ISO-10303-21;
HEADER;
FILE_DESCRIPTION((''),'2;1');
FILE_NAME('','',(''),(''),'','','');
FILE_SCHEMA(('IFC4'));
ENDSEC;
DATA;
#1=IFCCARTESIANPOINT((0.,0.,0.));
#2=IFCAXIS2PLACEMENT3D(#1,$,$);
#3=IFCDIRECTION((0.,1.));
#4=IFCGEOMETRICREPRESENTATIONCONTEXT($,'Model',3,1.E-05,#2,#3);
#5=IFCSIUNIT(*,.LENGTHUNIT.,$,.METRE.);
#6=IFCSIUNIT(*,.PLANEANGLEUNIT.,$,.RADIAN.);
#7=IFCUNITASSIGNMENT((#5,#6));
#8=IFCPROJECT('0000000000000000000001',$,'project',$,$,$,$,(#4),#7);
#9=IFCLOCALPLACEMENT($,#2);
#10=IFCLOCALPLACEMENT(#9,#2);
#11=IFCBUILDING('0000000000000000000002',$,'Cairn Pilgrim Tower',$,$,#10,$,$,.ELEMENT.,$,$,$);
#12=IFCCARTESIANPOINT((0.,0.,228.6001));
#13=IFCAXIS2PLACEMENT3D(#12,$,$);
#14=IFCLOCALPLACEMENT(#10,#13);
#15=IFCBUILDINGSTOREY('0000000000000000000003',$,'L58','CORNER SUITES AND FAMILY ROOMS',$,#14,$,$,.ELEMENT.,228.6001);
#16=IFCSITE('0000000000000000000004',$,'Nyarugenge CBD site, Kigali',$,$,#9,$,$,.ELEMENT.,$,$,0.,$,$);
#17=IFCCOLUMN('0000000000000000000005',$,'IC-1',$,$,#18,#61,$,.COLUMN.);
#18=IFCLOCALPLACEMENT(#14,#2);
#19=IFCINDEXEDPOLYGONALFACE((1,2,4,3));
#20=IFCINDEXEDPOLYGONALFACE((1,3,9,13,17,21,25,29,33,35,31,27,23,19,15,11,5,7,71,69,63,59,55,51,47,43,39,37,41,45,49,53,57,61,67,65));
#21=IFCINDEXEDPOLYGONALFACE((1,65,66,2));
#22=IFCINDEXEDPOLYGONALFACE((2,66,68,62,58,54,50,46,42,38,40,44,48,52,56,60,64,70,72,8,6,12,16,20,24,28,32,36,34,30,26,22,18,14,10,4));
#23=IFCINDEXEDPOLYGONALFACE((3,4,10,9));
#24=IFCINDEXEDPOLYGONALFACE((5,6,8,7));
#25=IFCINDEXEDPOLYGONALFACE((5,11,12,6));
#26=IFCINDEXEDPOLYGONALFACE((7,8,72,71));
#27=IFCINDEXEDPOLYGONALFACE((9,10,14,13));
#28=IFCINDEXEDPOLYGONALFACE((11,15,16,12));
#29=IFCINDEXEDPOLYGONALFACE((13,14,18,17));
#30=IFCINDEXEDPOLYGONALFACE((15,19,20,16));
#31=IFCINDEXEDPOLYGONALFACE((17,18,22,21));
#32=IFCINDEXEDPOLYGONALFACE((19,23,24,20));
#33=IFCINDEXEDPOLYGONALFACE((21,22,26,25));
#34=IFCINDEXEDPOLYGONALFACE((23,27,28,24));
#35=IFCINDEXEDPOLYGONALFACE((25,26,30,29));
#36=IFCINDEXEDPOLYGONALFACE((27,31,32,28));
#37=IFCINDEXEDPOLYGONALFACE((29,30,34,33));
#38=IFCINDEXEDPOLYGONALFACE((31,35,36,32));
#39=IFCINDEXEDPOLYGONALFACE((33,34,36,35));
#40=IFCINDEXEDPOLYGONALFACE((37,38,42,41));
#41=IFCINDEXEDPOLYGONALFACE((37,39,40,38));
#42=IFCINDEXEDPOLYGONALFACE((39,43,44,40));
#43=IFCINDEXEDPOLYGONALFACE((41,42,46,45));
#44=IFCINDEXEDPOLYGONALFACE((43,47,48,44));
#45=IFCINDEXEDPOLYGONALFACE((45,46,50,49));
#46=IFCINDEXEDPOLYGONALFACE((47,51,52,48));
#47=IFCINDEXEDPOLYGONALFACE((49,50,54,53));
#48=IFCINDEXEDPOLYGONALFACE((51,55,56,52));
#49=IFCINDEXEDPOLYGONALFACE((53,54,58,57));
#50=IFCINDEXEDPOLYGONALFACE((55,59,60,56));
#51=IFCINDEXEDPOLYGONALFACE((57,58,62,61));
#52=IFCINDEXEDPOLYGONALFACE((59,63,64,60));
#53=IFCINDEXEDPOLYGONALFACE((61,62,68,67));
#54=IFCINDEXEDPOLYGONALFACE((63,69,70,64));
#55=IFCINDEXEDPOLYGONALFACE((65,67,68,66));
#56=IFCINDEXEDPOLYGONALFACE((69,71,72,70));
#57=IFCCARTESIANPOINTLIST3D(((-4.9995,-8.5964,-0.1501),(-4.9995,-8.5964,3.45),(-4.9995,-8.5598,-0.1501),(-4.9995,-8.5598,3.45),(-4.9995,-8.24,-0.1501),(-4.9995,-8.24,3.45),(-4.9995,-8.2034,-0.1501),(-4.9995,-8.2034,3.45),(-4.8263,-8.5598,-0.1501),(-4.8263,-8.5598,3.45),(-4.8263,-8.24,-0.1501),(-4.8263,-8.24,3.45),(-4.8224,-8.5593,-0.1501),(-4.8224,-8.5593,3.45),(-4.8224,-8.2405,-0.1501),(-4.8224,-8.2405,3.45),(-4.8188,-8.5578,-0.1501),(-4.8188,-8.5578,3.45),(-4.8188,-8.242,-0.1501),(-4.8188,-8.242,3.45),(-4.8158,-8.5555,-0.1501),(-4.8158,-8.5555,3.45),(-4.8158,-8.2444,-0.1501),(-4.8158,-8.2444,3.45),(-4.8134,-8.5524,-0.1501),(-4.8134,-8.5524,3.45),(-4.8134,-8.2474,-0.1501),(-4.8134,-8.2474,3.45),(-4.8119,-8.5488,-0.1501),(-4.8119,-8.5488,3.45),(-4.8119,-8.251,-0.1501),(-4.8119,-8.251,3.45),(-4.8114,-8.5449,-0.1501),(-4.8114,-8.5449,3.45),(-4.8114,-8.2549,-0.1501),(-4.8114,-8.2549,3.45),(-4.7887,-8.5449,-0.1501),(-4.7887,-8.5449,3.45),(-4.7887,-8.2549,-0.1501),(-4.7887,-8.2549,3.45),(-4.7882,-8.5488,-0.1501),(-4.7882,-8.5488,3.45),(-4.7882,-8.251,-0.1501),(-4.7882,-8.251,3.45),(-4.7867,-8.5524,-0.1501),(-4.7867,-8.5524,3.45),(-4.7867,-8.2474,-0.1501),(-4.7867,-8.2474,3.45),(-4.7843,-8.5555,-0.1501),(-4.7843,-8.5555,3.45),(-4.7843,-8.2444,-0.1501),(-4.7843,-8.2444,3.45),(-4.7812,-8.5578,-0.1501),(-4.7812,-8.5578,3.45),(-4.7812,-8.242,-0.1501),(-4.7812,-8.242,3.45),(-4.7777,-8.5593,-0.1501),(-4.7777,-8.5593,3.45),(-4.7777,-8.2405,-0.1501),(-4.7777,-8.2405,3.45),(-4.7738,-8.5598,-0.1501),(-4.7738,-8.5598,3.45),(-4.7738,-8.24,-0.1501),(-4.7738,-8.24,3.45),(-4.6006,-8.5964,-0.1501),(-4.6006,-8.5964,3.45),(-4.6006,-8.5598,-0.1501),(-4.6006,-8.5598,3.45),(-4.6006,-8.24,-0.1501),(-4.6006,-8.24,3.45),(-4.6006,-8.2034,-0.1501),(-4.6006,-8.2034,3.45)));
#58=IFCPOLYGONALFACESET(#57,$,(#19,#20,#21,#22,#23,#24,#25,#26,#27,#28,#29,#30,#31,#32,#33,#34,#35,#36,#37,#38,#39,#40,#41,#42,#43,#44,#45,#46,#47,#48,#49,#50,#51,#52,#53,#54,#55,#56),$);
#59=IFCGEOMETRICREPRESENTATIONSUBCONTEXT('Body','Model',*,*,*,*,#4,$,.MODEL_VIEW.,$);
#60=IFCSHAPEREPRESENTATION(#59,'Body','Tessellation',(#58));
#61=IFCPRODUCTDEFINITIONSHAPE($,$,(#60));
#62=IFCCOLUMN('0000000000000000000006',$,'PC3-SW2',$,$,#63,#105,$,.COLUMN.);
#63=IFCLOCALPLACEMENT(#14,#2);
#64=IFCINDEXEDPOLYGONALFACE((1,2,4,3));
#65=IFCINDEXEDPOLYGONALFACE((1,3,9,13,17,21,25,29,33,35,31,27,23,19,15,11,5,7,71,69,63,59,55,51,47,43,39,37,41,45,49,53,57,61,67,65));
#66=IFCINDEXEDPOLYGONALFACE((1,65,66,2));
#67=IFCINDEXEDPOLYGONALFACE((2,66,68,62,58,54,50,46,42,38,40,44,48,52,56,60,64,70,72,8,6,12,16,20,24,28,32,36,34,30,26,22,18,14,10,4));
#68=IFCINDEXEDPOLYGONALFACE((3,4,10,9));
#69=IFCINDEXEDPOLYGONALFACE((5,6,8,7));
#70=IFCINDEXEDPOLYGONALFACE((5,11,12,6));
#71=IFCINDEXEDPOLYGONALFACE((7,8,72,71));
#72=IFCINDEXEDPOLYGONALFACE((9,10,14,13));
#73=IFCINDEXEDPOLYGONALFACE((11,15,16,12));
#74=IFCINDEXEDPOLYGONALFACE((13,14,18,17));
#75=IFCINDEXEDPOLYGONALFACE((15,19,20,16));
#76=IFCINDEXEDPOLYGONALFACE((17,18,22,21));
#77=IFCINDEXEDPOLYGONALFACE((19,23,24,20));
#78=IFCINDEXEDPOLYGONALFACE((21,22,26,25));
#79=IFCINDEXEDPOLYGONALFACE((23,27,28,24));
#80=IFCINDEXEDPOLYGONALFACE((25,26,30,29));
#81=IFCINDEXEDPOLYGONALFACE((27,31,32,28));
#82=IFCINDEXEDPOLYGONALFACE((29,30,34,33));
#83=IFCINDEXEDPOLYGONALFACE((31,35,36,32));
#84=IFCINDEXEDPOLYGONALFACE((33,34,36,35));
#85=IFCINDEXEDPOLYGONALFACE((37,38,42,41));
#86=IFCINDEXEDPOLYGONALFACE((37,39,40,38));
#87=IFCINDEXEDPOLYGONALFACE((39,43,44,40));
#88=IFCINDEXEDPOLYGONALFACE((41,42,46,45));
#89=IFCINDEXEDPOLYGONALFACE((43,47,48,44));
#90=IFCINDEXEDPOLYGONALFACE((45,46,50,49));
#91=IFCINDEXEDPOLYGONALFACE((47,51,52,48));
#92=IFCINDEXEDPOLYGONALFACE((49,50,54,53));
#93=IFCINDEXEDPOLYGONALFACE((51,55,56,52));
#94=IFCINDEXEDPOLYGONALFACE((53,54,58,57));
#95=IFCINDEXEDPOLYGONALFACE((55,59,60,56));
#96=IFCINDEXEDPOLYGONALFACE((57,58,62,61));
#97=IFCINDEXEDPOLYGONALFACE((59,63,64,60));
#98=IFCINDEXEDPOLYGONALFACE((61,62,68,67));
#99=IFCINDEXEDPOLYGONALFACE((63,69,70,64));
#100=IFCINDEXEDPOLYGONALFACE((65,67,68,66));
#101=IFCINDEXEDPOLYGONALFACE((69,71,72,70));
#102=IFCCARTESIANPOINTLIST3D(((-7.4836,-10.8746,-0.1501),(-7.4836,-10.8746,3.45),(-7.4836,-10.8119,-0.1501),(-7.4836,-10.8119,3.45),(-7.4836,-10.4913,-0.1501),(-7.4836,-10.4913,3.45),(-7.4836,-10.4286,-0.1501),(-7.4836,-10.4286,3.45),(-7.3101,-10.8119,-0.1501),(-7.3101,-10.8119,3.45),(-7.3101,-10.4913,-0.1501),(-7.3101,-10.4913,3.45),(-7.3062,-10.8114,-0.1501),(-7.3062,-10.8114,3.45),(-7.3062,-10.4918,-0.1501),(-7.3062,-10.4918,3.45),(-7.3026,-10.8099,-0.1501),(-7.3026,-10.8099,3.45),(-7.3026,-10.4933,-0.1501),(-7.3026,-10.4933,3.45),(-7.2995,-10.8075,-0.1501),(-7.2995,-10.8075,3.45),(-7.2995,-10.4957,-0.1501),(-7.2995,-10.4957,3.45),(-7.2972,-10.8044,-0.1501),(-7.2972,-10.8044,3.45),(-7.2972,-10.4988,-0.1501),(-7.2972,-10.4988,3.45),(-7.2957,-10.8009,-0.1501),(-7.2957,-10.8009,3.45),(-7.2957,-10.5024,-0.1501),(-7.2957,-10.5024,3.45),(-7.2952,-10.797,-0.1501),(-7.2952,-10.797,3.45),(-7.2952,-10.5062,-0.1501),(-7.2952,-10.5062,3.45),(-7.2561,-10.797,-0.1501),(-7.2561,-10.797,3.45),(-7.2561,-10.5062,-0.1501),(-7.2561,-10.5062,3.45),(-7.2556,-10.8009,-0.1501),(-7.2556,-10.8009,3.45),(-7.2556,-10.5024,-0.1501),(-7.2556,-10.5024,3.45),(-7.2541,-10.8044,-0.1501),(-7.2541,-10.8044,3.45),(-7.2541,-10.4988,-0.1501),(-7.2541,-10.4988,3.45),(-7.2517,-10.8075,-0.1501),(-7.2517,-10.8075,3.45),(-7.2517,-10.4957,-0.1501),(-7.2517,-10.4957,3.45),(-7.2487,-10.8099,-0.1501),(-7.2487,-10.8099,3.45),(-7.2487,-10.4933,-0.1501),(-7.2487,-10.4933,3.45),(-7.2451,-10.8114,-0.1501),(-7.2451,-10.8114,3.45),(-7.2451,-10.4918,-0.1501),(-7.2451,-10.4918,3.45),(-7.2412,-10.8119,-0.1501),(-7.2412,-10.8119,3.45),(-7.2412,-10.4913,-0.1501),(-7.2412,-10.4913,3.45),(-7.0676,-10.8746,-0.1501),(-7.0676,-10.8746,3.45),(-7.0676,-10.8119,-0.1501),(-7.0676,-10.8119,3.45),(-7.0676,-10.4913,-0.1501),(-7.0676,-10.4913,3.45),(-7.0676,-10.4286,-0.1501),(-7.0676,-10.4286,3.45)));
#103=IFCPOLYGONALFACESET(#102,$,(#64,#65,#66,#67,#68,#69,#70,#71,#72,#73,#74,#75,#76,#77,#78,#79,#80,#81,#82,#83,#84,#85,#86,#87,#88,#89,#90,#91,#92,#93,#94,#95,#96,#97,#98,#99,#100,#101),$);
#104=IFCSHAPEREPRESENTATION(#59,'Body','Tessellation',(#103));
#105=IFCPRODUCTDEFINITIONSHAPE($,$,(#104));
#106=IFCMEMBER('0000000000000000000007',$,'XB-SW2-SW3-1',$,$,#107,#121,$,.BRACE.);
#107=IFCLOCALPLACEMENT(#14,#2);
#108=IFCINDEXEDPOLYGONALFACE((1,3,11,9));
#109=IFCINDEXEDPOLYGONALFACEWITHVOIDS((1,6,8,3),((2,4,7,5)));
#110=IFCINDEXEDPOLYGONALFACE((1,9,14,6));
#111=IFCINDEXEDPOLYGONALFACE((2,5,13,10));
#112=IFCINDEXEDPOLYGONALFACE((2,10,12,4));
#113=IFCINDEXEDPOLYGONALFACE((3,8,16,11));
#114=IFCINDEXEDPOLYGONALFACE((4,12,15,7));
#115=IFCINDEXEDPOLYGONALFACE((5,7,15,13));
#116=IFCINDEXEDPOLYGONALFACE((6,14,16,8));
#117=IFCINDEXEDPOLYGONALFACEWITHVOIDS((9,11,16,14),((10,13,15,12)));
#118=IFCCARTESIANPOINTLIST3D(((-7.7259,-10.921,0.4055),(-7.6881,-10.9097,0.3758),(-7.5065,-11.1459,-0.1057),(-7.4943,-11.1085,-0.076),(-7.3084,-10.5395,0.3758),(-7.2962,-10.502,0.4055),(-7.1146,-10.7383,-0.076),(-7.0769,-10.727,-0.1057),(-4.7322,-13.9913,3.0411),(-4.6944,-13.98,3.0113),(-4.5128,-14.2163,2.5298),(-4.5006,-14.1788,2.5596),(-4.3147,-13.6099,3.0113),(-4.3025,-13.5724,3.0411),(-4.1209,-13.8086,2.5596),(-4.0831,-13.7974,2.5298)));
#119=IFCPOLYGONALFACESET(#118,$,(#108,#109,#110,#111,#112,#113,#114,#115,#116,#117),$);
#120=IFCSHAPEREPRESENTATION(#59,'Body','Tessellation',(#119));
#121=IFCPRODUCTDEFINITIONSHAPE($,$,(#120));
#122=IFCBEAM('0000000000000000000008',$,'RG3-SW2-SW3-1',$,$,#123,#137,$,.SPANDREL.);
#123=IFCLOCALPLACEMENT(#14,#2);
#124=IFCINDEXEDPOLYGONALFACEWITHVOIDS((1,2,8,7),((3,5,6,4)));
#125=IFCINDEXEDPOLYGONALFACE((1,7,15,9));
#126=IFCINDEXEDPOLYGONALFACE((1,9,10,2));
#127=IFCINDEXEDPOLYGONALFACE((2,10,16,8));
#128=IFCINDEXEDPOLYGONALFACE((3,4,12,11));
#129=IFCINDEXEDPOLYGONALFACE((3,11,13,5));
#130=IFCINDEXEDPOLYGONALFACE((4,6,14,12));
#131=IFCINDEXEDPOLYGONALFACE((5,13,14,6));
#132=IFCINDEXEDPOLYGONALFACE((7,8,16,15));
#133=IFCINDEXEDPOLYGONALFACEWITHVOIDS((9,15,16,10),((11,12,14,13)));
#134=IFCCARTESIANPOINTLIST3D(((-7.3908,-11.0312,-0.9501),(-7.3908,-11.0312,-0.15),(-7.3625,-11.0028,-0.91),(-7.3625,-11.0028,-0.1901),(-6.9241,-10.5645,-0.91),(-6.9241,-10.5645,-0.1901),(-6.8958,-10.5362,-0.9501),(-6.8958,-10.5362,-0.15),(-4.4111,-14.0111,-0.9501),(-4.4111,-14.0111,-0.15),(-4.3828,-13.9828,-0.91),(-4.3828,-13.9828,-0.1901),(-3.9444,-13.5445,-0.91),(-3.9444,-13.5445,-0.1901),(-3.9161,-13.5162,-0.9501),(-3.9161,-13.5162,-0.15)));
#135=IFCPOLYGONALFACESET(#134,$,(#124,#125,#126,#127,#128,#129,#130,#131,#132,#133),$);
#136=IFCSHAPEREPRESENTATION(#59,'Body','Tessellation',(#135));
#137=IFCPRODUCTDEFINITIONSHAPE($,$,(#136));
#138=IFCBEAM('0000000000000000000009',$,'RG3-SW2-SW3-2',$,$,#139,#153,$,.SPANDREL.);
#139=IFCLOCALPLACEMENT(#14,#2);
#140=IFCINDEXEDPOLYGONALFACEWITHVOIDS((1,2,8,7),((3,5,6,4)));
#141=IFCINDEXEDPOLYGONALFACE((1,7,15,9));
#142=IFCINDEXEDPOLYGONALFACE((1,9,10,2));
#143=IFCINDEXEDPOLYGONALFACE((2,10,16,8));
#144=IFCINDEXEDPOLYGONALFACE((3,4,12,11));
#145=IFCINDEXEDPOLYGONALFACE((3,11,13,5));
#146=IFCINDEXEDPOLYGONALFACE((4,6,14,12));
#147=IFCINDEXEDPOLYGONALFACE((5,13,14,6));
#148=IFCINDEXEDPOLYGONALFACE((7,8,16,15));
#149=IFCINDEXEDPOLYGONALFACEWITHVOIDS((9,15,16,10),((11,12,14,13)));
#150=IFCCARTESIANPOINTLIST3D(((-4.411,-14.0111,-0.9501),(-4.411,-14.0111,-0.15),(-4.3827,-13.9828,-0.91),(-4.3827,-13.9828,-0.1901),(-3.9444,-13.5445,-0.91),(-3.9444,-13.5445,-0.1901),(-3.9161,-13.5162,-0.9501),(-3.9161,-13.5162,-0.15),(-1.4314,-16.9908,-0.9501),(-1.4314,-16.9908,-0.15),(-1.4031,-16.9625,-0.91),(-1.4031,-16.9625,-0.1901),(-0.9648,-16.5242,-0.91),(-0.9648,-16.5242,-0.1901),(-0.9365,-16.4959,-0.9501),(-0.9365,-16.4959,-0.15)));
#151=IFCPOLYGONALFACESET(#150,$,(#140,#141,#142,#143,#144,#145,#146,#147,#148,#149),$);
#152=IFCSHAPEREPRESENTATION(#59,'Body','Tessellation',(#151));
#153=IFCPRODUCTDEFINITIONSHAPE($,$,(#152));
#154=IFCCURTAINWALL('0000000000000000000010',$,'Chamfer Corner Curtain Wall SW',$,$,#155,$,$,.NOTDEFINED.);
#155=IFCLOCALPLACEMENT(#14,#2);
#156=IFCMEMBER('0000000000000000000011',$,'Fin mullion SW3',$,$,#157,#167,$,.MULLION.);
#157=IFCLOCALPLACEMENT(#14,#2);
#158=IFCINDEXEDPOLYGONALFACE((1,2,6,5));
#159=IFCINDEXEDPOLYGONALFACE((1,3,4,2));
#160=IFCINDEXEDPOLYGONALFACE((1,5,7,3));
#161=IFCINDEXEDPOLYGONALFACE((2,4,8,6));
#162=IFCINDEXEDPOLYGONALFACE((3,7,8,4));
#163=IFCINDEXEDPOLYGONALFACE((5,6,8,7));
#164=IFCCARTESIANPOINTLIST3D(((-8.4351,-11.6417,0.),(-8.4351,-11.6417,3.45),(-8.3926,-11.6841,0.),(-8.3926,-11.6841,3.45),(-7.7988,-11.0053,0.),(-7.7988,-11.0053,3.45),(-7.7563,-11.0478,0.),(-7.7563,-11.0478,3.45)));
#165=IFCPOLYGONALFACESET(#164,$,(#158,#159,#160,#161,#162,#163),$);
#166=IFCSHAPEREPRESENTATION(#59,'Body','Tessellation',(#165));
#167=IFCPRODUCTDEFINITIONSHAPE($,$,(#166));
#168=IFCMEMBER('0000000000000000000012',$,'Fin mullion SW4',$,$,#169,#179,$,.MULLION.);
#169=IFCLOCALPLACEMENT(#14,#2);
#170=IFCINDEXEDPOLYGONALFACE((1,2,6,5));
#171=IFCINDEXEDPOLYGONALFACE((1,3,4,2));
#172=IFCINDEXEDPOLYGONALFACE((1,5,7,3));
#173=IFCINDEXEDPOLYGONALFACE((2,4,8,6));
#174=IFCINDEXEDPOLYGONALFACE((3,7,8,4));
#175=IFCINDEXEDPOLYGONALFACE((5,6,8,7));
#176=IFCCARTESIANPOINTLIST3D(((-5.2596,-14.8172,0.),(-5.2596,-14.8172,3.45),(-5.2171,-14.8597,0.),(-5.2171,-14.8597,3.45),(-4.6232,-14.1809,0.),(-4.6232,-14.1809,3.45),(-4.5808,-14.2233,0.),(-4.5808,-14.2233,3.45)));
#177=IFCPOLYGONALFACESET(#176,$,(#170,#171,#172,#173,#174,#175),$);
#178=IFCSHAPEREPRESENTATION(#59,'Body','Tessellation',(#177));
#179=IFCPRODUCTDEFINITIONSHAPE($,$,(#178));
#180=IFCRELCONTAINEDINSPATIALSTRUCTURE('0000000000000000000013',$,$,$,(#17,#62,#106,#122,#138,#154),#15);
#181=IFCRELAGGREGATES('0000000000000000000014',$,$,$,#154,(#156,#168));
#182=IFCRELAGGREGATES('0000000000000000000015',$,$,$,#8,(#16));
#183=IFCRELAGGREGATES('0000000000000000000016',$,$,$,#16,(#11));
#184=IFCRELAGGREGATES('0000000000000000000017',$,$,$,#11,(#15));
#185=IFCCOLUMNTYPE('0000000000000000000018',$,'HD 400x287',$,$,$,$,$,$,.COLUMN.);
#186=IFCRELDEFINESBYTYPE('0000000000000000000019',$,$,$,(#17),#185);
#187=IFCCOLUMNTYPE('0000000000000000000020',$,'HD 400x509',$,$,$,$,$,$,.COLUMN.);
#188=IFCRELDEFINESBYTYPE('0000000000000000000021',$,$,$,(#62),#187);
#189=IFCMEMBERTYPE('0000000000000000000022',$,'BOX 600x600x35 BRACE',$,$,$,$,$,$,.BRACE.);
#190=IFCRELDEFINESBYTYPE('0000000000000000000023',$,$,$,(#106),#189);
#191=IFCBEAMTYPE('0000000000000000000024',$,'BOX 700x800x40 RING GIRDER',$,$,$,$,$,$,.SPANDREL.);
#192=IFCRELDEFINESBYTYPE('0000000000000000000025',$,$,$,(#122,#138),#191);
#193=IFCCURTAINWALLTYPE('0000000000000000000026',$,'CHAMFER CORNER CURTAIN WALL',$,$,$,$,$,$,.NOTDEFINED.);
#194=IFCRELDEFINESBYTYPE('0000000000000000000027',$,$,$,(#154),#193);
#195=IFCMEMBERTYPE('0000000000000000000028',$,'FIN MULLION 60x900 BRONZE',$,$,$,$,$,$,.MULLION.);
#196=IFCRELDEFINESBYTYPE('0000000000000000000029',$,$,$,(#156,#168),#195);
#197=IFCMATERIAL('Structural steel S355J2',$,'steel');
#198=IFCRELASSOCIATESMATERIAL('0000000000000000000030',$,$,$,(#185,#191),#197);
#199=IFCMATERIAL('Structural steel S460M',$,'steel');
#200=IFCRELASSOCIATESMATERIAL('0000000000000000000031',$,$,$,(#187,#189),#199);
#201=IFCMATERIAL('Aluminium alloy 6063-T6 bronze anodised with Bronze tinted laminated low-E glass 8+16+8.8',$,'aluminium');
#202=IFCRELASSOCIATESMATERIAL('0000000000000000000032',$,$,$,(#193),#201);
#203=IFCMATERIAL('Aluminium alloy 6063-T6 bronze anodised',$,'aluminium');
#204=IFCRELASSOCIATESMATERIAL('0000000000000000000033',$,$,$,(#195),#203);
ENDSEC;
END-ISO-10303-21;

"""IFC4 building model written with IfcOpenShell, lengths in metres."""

from ifc_helpers import new_model, si_unit, direction, frame, origin, origin_2d, place, context, subcontext, project, spatial, rectangle, hollow_rectangle, i_section, extrude, material, material_profile, profile_set, type_object, element, aggregate, save


model = new_model("IFC4")

# Units and contexts
model_context = context("Model", 3, precision=1e-05, world=origin(), true_north=direction((0.0, 1.0)))
body_context = subcontext(model_context, "Body", "Model", "MODEL_VIEW")
ifc_project = project(units=[si_unit("LENGTHUNIT", "METRE"), si_unit("PLANEANGLEUNIT", "RADIAN")], contexts=[model_context])

# Site, building, storey
site_placement = place(None, origin())
site = spatial("IfcSite", under=ifc_project, at=site_placement, Name="Nyarugenge CBD site, Kigali", CompositionType="ELEMENT", RefElevation=0.0)
building_placement = place(site_placement, origin())
building = spatial("IfcBuilding", under=site, at=building_placement, Name="Cairn Pilgrim Tower", CompositionType="ELEMENT")
storey_placement = place(building_placement, frame((0.0, 0.0, 228.6001)))
storey = spatial("IfcBuildingStorey", under=building, at=storey_placement, Name="L58", Description="CORNER SUITES AND FAMILY ROOMS", CompositionType="ELEMENT", Elevation=228.6001)

# Columns
ifc_material_1 = material(Name="Structural steel S355J2", Category="steel")
ifc_material_profile_1 = material_profile(ifc_material_1, i_section(OverallWidth=0.3989, OverallDepth=0.3931, WebThickness=0.0227, FlangeThickness=0.0366, FilletRadius=0.0149, at=origin_2d()), Name="HD 400x287")
ifc_profile_set_1 = profile_set([ifc_material_profile_1], Name="Structural steel S355J2")
column_type_1 = type_object("IfcColumnType", Name="HD 400x287", PredefinedType="COLUMN", material=ifc_profile_set_1)
column_1_placement = place(storey_placement, frame((-4.8, -8.3999, -0.1501), z_axis=(0.0, 0.0, 1.0), x_axis=(1.0, 0.0, 0.0)))
element("IfcColumn", 1, at=column_1_placement, inside=storey, type_object=column_type_1, Name="IC-1", PredefinedType="COLUMN", context=body_context, shape_type="SweptSolid", body=[
    extrude(i_section(OverallWidth=0.3989, OverallDepth=0.3931, WebThickness=0.0227, FlangeThickness=0.0366, FilletRadius=0.0149, at=origin_2d()), origin(), (0.0, 0.0, 1.0), 3.6001),
])
ifc_material_2 = material(Name="Structural steel S460M", Category="steel")
ifc_material_profile_2 = material_profile(ifc_material_2, i_section(OverallWidth=0.416, OverallDepth=0.446, WebThickness=0.0391, FlangeThickness=0.0627, FilletRadius=0.0149, at=origin_2d()), Name="HD 400x509")
ifc_profile_set_2 = profile_set([ifc_material_profile_2], Name="Structural steel S460M")
column_type_2 = type_object("IfcColumnType", Name="HD 400x509", PredefinedType="COLUMN", material=ifc_profile_set_2)
column_2_placement = place(storey_placement, frame((-7.2756, -10.6516, -0.1501), z_axis=(0.0, 0.0, 1.0), x_axis=(1.0, 0.0, 0.0)))
element("IfcColumn", 2, at=column_2_placement, inside=storey, type_object=column_type_2, Name="PC3-SW2", PredefinedType="COLUMN", context=body_context, shape_type="SweptSolid", body=[
    extrude(i_section(OverallWidth=0.416, OverallDepth=0.446, WebThickness=0.0391, FlangeThickness=0.0627, FilletRadius=0.0149, at=origin_2d()), origin(), (0.0, 0.0, 1.0), 3.6001),
])

# Member
ifc_material_profile_3 = material_profile(ifc_material_2, hollow_rectangle(XDim=0.6001, YDim=0.6001, WallThickness=0.0349, at=origin_2d()), Name="BOX 600x600x35")
ifc_profile_set_3 = profile_set([ifc_material_profile_3], Name="Structural steel S460M")
member_type_1 = type_object("IfcMemberType", Name="BOX 600x600x35 BRACE", PredefinedType="BRACE", material=ifc_profile_set_3)
member_1_placement = place(storey_placement, frame((-7.4014, -10.824, 0.1499), z_axis=(0.594763, -0.609994, 0.523607), x_axis=(0.715989, 0.698112, 0.0)))
element("IfcMember", 3, at=member_1_placement, inside=storey, type_object=member_type_1, Name="XB-SW2-SW3-1", PredefinedType="BRACE", context=body_context, shape_type="SweptSolid", body=[
    extrude(hollow_rectangle(XDim=0.6001, YDim=0.6001, WallThickness=0.0349, at=origin_2d()), origin(), (0.0, 0.0, 1.0), 5.0334),
])

# Beams
ifc_material_profile_4 = material_profile(ifc_material_1, hollow_rectangle(XDim=0.7, YDim=0.8, WallThickness=0.04, at=origin_2d()), Name="BOX 700x800x40")
ifc_profile_set_4 = profile_set([ifc_material_profile_4], Name="Structural steel S355J2")
beam_type_1 = type_object("IfcBeamType", Name="BOX 700x800x40 RING GIRDER", PredefinedType="SPANDREL", material=ifc_profile_set_4)
beam_1_placement = place(storey_placement, frame((-7.1433, -10.7837, -0.55), z_axis=(0.707078, -0.707136, 0.0), x_axis=(0.707136, 0.707078, 0.0)))
element("IfcBeam", 4, at=beam_1_placement, inside=storey, type_object=beam_type_1, Name="RG3-SW2-SW3-1", PredefinedType="SPANDREL", context=body_context, shape_type="SweptSolid", body=[
    extrude(hollow_rectangle(XDim=0.7, YDim=0.8, WallThickness=0.04, at=origin_2d()), origin(), (0.0, 0.0, 1.0), 4.2141),
])
beam_2_placement = place(storey_placement, frame((-4.1636, -13.7637, -0.55), z_axis=(0.707107, -0.707107, 0.0), x_axis=(0.707107, 0.707107, 0.0)))
element("IfcBeam", 5, at=beam_2_placement, inside=storey, type_object=beam_type_1, Name="RG3-SW2-SW3-2", PredefinedType="SPANDREL", context=body_context, shape_type="SweptSolid", body=[
    extrude(hollow_rectangle(XDim=0.7, YDim=0.8, WallThickness=0.04, at=origin_2d()), origin(), (0.0, 0.0, 1.0), 4.2139),
])

# Curtain wall, members
ifc_material_3 = material(Name="Aluminium alloy 6063-T6 bronze anodised with Bronze tinted laminated low-E glass 8+16+8.8", Category="aluminium")
curtain_wall_type = type_object("IfcCurtainWallType", Name="CHAMFER CORNER CURTAIN WALL", PredefinedType="NOTDEFINED", material=ifc_material_3)
curtain_wall_placement = place(storey_placement, origin())
curtain_wall = element("IfcCurtainWall", 6, at=curtain_wall_placement, inside=storey, type_object=curtain_wall_type, Name="Chamfer Corner Curtain Wall SW", PredefinedType="NOTDEFINED")
ifc_material_4 = material(Name="Aluminium alloy 6063-T6 bronze anodised", Category="aluminium")
ifc_material_profile_5 = material_profile(ifc_material_4, rectangle(XDim=0.8999, YDim=0.0601, at=origin_2d()), Name="FIN MULLION 60x900 BRONZE")
ifc_profile_set_5 = profile_set([ifc_material_profile_5], Name="Aluminium alloy 6063-T6 bronze anodised")
member_type_2 = type_object("IfcMemberType", Name="FIN MULLION 60x900 BRONZE", PredefinedType="MULLION", material=ifc_profile_set_5)
member_2_placement = place(storey_placement, frame((-8.0957, -11.3447, 0.0), z_axis=(0.0, 0.0, 1.0), x_axis=(-0.707107, -0.707107, 0.0)))
member_2 = element("IfcMember", 7, at=member_2_placement, type_object=member_type_2, Name="Fin mullion SW3", PredefinedType="MULLION", context=body_context, shape_type="SweptSolid", body=[
    extrude(rectangle(XDim=0.8999, YDim=0.0601, at=origin_2d()), origin(), (0.0, 0.0, 1.0), 3.45),
])
member_3_placement = place(storey_placement, frame((-4.9202, -14.5203, 0.0), z_axis=(0.0, 0.0, 1.0), x_axis=(-0.707107, -0.707107, 0.0)))
member_3 = element("IfcMember", 8, at=member_3_placement, type_object=member_type_2, Name="Fin mullion SW4", PredefinedType="MULLION", context=body_context, shape_type="SweptSolid", body=[
    extrude(rectangle(XDim=0.8999, YDim=0.0601, at=origin_2d()), origin(), (0.0, 0.0, 1.0), 3.45),
])

aggregate(curtain_wall, [member_2, member_3])

save(model, "model.ifc")
